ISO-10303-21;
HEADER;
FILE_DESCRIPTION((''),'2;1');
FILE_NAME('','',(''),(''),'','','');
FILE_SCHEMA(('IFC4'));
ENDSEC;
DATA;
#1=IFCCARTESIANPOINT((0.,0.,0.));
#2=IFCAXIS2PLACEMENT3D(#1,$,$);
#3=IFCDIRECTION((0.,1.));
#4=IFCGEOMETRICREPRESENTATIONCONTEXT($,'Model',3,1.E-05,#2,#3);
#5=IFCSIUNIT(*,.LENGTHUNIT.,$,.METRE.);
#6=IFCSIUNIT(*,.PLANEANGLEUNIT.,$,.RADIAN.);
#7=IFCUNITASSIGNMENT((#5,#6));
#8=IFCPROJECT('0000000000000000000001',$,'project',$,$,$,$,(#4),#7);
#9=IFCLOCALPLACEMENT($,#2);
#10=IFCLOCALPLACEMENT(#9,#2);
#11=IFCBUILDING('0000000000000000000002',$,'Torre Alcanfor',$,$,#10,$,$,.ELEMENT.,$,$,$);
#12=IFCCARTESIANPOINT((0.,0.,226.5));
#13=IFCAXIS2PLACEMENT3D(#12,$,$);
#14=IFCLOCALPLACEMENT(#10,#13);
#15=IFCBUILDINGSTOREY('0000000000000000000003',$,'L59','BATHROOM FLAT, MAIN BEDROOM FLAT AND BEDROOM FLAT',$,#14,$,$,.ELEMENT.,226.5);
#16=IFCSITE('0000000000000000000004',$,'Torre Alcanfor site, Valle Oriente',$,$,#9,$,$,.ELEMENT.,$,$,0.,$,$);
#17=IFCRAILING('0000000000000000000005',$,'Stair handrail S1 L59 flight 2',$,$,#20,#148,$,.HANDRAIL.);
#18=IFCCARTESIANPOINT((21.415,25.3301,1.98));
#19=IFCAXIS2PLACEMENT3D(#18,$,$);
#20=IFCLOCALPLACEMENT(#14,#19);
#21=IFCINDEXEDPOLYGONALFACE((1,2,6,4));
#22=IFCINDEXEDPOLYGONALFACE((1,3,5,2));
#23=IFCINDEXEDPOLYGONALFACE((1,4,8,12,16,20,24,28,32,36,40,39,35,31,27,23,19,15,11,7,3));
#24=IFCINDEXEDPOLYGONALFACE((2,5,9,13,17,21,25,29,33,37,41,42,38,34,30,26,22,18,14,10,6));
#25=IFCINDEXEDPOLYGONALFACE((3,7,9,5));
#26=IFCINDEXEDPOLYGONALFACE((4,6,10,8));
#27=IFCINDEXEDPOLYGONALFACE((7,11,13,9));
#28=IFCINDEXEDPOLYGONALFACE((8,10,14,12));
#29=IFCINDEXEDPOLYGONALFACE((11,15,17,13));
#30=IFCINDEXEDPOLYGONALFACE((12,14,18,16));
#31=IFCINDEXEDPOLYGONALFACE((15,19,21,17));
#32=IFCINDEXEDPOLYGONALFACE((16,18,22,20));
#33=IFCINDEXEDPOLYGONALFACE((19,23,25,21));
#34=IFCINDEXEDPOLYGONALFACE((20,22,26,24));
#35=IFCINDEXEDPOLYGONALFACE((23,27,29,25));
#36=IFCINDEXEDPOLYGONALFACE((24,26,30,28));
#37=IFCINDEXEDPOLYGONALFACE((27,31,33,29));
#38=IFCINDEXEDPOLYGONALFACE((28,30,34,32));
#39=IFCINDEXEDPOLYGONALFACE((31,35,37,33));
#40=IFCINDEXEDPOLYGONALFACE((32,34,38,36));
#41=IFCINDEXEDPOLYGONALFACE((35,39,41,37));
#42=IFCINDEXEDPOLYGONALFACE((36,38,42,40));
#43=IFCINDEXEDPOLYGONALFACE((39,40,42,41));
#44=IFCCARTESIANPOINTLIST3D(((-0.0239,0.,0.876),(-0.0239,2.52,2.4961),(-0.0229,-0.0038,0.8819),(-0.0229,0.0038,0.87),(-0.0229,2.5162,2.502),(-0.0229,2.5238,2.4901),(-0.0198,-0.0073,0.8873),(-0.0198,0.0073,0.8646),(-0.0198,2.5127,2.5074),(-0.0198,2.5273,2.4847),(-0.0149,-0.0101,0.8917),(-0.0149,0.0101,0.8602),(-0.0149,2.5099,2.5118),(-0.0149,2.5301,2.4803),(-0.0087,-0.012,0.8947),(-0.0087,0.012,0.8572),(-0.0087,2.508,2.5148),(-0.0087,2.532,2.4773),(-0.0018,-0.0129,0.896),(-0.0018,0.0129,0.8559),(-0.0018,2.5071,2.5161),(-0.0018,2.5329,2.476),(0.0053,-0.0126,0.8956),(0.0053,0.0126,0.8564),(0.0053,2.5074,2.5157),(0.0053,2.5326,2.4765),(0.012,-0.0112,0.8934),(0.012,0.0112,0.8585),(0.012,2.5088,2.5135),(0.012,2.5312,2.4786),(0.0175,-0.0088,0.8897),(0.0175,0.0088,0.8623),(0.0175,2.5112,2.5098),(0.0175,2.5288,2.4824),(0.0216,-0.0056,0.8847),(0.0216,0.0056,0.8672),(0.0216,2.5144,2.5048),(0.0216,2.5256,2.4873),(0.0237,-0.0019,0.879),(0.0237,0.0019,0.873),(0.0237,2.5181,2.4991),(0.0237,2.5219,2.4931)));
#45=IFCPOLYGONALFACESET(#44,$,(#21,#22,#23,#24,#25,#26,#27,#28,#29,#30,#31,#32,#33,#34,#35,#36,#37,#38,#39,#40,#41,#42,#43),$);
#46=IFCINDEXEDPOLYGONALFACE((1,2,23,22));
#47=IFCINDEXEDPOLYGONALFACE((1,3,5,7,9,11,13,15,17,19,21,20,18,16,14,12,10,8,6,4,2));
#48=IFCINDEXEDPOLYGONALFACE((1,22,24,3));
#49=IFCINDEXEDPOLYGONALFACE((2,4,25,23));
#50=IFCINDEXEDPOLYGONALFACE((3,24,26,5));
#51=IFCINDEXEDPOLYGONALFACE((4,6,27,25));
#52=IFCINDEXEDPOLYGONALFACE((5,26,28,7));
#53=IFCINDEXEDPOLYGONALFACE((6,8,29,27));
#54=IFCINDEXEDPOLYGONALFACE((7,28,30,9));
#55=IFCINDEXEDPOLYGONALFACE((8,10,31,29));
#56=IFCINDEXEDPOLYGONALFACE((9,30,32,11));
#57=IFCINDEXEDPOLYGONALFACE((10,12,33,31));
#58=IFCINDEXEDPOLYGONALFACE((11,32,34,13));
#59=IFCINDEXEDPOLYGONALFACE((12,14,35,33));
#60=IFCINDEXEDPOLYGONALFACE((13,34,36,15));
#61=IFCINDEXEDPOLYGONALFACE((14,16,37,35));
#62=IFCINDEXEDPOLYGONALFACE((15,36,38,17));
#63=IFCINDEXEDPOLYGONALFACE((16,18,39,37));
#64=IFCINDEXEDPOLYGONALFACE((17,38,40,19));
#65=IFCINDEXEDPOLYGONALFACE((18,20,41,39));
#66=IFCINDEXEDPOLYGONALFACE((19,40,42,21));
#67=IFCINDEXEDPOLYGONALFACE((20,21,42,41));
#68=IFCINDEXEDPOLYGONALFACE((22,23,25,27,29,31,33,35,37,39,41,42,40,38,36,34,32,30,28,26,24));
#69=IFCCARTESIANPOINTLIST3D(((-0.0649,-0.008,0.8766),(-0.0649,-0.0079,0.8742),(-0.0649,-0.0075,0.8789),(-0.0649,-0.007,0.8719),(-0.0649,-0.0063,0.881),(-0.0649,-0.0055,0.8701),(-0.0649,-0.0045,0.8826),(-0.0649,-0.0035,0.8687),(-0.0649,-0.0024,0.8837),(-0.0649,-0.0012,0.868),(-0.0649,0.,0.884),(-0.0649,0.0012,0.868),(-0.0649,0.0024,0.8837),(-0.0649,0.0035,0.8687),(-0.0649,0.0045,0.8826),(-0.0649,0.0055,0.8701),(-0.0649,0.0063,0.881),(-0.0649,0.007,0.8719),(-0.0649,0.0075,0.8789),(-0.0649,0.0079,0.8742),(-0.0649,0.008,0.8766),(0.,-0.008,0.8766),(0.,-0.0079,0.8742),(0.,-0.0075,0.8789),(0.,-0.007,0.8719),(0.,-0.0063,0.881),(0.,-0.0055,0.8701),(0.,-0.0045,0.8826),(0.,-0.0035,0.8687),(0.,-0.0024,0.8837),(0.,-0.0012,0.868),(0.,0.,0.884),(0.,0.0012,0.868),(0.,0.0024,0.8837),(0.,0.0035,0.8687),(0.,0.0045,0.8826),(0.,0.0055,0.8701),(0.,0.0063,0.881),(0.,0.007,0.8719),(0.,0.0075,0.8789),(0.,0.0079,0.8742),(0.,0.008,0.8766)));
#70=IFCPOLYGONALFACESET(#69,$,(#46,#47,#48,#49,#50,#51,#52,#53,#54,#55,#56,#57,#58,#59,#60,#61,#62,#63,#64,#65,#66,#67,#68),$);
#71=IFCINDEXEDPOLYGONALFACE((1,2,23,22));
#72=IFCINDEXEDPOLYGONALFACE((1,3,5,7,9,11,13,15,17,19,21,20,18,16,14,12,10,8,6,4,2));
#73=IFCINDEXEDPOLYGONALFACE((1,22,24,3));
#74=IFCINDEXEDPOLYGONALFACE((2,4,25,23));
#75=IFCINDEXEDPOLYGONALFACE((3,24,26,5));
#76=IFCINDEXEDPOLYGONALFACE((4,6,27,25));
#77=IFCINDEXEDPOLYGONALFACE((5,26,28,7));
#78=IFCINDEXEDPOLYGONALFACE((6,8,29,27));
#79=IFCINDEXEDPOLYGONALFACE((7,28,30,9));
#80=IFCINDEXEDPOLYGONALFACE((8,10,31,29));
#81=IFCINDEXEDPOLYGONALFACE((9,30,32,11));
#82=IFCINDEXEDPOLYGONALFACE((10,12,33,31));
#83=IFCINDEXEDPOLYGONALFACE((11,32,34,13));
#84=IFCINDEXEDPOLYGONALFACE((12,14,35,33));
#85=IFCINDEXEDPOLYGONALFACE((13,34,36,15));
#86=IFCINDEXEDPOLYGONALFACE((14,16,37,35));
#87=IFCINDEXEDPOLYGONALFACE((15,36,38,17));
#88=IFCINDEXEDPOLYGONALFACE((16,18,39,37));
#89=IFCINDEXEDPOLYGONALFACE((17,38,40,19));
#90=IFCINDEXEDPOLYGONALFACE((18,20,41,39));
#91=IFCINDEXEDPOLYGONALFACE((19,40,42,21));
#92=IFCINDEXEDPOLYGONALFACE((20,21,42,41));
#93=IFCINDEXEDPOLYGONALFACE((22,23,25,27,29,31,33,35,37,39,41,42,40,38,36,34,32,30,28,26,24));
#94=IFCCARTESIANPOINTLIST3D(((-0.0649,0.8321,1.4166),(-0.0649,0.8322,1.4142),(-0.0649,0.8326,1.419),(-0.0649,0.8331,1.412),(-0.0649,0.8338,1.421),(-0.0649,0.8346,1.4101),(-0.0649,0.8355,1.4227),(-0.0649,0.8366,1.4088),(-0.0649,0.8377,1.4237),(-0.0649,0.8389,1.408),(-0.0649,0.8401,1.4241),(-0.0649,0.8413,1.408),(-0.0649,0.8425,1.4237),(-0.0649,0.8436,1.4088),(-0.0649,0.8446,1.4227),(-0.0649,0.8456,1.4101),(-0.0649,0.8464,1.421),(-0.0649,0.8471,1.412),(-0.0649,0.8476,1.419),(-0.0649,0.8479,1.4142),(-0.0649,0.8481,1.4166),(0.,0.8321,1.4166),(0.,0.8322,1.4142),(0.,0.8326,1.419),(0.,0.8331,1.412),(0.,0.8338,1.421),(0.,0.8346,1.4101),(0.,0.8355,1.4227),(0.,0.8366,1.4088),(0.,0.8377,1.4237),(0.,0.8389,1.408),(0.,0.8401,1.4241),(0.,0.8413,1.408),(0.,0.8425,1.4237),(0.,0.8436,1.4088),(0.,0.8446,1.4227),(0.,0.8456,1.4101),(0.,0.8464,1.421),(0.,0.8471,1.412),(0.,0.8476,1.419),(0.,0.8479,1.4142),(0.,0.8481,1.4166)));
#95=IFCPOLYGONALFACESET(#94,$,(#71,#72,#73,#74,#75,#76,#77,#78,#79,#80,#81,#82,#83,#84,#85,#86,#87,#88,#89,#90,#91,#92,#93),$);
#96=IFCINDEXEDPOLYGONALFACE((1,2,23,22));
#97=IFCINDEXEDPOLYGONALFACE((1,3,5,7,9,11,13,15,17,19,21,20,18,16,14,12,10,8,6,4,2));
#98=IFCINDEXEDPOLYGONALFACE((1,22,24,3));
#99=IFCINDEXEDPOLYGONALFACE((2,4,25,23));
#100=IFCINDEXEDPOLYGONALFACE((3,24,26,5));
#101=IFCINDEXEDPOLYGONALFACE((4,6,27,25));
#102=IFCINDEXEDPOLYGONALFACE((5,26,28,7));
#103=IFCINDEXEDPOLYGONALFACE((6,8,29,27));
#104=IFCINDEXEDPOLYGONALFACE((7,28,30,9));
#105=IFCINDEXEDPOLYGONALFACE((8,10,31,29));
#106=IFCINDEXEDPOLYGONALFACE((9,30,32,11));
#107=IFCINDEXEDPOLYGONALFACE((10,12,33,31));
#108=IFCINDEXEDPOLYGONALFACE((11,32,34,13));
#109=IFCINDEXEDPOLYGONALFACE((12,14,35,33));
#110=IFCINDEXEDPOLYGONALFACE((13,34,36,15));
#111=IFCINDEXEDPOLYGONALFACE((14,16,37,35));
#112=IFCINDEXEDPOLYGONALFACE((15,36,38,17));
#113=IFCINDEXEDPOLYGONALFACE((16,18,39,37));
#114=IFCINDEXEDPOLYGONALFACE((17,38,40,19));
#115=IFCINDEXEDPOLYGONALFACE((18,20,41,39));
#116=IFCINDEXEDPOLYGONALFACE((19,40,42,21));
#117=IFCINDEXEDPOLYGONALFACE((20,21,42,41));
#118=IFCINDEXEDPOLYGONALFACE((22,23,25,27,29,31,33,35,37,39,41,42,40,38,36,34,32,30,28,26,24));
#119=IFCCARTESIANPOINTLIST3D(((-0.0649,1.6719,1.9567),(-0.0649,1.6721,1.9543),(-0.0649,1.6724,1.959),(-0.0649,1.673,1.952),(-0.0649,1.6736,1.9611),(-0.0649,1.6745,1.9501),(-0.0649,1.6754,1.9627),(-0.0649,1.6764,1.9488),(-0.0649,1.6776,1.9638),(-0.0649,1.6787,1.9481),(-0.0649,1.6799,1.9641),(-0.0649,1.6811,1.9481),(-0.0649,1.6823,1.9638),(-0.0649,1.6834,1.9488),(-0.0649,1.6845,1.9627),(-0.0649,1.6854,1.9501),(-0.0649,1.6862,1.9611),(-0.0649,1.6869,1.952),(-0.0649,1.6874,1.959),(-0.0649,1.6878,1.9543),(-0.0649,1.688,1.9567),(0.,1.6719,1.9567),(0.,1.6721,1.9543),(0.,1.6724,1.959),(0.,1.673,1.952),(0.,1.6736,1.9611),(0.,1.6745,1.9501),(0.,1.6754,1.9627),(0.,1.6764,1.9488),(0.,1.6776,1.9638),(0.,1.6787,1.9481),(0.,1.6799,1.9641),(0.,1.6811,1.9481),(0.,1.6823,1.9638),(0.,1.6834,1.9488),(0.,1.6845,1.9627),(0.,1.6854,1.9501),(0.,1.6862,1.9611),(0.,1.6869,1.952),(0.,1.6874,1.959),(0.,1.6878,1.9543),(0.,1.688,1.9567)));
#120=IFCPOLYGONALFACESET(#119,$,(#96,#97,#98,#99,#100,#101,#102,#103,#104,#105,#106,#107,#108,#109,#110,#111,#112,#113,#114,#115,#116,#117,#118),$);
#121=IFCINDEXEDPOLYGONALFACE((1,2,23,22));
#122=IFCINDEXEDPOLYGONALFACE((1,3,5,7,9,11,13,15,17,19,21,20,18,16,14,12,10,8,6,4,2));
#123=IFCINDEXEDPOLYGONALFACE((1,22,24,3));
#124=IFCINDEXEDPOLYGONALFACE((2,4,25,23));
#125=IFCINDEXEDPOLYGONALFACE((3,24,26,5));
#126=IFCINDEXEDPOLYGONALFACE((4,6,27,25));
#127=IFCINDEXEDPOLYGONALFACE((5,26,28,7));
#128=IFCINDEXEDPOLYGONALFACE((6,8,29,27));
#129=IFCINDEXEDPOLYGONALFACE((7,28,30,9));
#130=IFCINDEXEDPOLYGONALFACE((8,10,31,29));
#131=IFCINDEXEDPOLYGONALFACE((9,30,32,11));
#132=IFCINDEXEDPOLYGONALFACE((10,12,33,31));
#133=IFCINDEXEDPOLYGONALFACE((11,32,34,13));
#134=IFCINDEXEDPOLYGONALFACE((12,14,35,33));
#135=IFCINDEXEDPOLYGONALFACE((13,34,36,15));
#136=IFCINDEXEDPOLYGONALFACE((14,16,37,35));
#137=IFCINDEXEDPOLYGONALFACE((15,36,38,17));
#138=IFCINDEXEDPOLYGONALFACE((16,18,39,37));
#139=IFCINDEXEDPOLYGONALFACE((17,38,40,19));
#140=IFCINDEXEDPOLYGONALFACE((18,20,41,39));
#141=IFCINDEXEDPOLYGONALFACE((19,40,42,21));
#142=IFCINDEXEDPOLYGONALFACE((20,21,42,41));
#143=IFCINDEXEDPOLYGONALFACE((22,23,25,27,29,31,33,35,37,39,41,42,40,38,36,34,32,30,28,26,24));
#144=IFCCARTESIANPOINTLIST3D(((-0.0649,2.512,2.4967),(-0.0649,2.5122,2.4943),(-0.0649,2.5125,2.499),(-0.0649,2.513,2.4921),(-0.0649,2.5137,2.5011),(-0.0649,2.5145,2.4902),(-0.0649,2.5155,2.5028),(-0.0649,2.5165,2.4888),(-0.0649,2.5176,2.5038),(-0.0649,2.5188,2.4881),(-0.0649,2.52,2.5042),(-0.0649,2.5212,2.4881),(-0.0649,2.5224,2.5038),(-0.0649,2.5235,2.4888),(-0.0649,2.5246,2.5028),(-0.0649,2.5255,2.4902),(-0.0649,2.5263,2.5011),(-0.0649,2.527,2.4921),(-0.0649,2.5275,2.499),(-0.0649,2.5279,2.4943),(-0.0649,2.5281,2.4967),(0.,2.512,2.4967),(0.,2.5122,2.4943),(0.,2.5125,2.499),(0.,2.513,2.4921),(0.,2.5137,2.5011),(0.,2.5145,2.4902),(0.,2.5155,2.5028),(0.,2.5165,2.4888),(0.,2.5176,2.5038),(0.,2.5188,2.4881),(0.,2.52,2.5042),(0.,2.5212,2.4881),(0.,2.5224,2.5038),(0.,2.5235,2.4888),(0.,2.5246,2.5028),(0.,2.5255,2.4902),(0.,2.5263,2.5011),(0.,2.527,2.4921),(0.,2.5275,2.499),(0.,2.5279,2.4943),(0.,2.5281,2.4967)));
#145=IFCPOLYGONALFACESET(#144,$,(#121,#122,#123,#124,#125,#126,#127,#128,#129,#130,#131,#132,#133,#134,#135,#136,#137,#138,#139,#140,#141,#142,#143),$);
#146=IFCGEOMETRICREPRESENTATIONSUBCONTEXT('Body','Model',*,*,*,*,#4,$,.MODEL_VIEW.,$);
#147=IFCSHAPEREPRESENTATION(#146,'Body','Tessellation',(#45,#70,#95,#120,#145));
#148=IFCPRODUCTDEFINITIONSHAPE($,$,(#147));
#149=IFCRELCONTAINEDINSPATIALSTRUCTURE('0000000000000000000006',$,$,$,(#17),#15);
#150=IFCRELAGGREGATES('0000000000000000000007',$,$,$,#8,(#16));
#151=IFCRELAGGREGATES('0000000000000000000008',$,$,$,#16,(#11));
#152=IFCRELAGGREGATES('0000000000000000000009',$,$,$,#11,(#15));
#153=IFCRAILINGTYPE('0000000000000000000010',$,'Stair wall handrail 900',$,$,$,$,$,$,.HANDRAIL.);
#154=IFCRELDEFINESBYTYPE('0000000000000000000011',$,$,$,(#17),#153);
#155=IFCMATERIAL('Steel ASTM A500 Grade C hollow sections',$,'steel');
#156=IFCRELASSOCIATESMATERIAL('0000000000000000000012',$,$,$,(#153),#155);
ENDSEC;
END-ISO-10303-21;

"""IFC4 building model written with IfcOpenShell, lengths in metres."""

from ifc_helpers import new_model, si_unit, direction, frame, origin, origin_2d, place, context, subcontext, project, spatial, circle, extrude, material, type_object, element, save


model = new_model("IFC4")

# Units and contexts
model_context = context("Model", 3, precision=1e-05, world=origin(), true_north=direction((0.0, 1.0)))
body_context = subcontext(model_context, "Body", "Model", "MODEL_VIEW")
ifc_project = project(units=[si_unit("LENGTHUNIT", "METRE"), si_unit("PLANEANGLEUNIT", "RADIAN")], contexts=[model_context])

# Site, building, storey
site_placement = place(None, origin())
site = spatial("IfcSite", under=ifc_project, at=site_placement, Name="Torre Alcanfor site, Valle Oriente", CompositionType="ELEMENT", RefElevation=0.0)
building_placement = place(site_placement, origin())
building = spatial("IfcBuilding", under=site, at=building_placement, Name="Torre Alcanfor", CompositionType="ELEMENT")
storey_placement = place(building_placement, frame((0.0, 0.0, 226.5)))
storey = spatial("IfcBuildingStorey", under=building, at=storey_placement, Name="L59", Description="BATHROOM FLAT, MAIN BEDROOM FLAT AND BEDROOM FLAT", CompositionType="ELEMENT", Elevation=226.5)

# Railing
ifc_material_1 = material(Name="Steel ASTM A500 Grade C hollow sections", Category="steel")
railing_type_1 = type_object("IfcRailingType", Name="Stair wall handrail 900", PredefinedType="HANDRAIL", material=ifc_material_1)
railing_1_placement = place(storey_placement, frame((21.415, 25.3301, 1.98)))
element("IfcRailing", 1, at=railing_1_placement, inside=storey, type_object=railing_type_1, Name="Stair handrail S1 L59 flight 2", PredefinedType="HANDRAIL", context=body_context, shape_type="SweptSolid", body=[
    extrude(circle(Radius=0.0239, at=origin_2d()), frame((0.0, 0.0, 0.876), z_axis=(0.0, 0.841163, 0.540782), x_axis=(-1.0, 0.0, 0.0)), (0.0, 0.0, 1.0), 2.9958),
    extrude(circle(Radius=0.0081, at=origin_2d()), frame((0.0, 0.0, 0.876), z_axis=(-1.0, 0.0, 0.0), x_axis=(0.0, 0.0, 1.0)), (0.0, 0.0, 1.0), 0.0649),
    extrude(circle(Radius=0.0081, at=origin_2d()), frame((0.0, 0.8401, 1.416), z_axis=(-1.0, 0.0, 0.0), x_axis=(0.0, 0.0, 1.0)), (0.0, 0.0, 1.0), 0.0649),
    extrude(circle(Radius=0.0081, at=origin_2d()), frame((0.0, 1.6799, 1.9561), z_axis=(-1.0, 0.0, 0.0), x_axis=(0.0, 0.0, 1.0)), (0.0, 0.0, 1.0), 0.0649),
    extrude(circle(Radius=0.0081, at=origin_2d()), frame((0.0, 2.52, 2.4961), z_axis=(-1.0, 0.0, 0.0), x_axis=(0.0, 0.0, 1.0)), (0.0, 0.0, 1.0), 0.0649),
])

save(model, "model.ifc")
